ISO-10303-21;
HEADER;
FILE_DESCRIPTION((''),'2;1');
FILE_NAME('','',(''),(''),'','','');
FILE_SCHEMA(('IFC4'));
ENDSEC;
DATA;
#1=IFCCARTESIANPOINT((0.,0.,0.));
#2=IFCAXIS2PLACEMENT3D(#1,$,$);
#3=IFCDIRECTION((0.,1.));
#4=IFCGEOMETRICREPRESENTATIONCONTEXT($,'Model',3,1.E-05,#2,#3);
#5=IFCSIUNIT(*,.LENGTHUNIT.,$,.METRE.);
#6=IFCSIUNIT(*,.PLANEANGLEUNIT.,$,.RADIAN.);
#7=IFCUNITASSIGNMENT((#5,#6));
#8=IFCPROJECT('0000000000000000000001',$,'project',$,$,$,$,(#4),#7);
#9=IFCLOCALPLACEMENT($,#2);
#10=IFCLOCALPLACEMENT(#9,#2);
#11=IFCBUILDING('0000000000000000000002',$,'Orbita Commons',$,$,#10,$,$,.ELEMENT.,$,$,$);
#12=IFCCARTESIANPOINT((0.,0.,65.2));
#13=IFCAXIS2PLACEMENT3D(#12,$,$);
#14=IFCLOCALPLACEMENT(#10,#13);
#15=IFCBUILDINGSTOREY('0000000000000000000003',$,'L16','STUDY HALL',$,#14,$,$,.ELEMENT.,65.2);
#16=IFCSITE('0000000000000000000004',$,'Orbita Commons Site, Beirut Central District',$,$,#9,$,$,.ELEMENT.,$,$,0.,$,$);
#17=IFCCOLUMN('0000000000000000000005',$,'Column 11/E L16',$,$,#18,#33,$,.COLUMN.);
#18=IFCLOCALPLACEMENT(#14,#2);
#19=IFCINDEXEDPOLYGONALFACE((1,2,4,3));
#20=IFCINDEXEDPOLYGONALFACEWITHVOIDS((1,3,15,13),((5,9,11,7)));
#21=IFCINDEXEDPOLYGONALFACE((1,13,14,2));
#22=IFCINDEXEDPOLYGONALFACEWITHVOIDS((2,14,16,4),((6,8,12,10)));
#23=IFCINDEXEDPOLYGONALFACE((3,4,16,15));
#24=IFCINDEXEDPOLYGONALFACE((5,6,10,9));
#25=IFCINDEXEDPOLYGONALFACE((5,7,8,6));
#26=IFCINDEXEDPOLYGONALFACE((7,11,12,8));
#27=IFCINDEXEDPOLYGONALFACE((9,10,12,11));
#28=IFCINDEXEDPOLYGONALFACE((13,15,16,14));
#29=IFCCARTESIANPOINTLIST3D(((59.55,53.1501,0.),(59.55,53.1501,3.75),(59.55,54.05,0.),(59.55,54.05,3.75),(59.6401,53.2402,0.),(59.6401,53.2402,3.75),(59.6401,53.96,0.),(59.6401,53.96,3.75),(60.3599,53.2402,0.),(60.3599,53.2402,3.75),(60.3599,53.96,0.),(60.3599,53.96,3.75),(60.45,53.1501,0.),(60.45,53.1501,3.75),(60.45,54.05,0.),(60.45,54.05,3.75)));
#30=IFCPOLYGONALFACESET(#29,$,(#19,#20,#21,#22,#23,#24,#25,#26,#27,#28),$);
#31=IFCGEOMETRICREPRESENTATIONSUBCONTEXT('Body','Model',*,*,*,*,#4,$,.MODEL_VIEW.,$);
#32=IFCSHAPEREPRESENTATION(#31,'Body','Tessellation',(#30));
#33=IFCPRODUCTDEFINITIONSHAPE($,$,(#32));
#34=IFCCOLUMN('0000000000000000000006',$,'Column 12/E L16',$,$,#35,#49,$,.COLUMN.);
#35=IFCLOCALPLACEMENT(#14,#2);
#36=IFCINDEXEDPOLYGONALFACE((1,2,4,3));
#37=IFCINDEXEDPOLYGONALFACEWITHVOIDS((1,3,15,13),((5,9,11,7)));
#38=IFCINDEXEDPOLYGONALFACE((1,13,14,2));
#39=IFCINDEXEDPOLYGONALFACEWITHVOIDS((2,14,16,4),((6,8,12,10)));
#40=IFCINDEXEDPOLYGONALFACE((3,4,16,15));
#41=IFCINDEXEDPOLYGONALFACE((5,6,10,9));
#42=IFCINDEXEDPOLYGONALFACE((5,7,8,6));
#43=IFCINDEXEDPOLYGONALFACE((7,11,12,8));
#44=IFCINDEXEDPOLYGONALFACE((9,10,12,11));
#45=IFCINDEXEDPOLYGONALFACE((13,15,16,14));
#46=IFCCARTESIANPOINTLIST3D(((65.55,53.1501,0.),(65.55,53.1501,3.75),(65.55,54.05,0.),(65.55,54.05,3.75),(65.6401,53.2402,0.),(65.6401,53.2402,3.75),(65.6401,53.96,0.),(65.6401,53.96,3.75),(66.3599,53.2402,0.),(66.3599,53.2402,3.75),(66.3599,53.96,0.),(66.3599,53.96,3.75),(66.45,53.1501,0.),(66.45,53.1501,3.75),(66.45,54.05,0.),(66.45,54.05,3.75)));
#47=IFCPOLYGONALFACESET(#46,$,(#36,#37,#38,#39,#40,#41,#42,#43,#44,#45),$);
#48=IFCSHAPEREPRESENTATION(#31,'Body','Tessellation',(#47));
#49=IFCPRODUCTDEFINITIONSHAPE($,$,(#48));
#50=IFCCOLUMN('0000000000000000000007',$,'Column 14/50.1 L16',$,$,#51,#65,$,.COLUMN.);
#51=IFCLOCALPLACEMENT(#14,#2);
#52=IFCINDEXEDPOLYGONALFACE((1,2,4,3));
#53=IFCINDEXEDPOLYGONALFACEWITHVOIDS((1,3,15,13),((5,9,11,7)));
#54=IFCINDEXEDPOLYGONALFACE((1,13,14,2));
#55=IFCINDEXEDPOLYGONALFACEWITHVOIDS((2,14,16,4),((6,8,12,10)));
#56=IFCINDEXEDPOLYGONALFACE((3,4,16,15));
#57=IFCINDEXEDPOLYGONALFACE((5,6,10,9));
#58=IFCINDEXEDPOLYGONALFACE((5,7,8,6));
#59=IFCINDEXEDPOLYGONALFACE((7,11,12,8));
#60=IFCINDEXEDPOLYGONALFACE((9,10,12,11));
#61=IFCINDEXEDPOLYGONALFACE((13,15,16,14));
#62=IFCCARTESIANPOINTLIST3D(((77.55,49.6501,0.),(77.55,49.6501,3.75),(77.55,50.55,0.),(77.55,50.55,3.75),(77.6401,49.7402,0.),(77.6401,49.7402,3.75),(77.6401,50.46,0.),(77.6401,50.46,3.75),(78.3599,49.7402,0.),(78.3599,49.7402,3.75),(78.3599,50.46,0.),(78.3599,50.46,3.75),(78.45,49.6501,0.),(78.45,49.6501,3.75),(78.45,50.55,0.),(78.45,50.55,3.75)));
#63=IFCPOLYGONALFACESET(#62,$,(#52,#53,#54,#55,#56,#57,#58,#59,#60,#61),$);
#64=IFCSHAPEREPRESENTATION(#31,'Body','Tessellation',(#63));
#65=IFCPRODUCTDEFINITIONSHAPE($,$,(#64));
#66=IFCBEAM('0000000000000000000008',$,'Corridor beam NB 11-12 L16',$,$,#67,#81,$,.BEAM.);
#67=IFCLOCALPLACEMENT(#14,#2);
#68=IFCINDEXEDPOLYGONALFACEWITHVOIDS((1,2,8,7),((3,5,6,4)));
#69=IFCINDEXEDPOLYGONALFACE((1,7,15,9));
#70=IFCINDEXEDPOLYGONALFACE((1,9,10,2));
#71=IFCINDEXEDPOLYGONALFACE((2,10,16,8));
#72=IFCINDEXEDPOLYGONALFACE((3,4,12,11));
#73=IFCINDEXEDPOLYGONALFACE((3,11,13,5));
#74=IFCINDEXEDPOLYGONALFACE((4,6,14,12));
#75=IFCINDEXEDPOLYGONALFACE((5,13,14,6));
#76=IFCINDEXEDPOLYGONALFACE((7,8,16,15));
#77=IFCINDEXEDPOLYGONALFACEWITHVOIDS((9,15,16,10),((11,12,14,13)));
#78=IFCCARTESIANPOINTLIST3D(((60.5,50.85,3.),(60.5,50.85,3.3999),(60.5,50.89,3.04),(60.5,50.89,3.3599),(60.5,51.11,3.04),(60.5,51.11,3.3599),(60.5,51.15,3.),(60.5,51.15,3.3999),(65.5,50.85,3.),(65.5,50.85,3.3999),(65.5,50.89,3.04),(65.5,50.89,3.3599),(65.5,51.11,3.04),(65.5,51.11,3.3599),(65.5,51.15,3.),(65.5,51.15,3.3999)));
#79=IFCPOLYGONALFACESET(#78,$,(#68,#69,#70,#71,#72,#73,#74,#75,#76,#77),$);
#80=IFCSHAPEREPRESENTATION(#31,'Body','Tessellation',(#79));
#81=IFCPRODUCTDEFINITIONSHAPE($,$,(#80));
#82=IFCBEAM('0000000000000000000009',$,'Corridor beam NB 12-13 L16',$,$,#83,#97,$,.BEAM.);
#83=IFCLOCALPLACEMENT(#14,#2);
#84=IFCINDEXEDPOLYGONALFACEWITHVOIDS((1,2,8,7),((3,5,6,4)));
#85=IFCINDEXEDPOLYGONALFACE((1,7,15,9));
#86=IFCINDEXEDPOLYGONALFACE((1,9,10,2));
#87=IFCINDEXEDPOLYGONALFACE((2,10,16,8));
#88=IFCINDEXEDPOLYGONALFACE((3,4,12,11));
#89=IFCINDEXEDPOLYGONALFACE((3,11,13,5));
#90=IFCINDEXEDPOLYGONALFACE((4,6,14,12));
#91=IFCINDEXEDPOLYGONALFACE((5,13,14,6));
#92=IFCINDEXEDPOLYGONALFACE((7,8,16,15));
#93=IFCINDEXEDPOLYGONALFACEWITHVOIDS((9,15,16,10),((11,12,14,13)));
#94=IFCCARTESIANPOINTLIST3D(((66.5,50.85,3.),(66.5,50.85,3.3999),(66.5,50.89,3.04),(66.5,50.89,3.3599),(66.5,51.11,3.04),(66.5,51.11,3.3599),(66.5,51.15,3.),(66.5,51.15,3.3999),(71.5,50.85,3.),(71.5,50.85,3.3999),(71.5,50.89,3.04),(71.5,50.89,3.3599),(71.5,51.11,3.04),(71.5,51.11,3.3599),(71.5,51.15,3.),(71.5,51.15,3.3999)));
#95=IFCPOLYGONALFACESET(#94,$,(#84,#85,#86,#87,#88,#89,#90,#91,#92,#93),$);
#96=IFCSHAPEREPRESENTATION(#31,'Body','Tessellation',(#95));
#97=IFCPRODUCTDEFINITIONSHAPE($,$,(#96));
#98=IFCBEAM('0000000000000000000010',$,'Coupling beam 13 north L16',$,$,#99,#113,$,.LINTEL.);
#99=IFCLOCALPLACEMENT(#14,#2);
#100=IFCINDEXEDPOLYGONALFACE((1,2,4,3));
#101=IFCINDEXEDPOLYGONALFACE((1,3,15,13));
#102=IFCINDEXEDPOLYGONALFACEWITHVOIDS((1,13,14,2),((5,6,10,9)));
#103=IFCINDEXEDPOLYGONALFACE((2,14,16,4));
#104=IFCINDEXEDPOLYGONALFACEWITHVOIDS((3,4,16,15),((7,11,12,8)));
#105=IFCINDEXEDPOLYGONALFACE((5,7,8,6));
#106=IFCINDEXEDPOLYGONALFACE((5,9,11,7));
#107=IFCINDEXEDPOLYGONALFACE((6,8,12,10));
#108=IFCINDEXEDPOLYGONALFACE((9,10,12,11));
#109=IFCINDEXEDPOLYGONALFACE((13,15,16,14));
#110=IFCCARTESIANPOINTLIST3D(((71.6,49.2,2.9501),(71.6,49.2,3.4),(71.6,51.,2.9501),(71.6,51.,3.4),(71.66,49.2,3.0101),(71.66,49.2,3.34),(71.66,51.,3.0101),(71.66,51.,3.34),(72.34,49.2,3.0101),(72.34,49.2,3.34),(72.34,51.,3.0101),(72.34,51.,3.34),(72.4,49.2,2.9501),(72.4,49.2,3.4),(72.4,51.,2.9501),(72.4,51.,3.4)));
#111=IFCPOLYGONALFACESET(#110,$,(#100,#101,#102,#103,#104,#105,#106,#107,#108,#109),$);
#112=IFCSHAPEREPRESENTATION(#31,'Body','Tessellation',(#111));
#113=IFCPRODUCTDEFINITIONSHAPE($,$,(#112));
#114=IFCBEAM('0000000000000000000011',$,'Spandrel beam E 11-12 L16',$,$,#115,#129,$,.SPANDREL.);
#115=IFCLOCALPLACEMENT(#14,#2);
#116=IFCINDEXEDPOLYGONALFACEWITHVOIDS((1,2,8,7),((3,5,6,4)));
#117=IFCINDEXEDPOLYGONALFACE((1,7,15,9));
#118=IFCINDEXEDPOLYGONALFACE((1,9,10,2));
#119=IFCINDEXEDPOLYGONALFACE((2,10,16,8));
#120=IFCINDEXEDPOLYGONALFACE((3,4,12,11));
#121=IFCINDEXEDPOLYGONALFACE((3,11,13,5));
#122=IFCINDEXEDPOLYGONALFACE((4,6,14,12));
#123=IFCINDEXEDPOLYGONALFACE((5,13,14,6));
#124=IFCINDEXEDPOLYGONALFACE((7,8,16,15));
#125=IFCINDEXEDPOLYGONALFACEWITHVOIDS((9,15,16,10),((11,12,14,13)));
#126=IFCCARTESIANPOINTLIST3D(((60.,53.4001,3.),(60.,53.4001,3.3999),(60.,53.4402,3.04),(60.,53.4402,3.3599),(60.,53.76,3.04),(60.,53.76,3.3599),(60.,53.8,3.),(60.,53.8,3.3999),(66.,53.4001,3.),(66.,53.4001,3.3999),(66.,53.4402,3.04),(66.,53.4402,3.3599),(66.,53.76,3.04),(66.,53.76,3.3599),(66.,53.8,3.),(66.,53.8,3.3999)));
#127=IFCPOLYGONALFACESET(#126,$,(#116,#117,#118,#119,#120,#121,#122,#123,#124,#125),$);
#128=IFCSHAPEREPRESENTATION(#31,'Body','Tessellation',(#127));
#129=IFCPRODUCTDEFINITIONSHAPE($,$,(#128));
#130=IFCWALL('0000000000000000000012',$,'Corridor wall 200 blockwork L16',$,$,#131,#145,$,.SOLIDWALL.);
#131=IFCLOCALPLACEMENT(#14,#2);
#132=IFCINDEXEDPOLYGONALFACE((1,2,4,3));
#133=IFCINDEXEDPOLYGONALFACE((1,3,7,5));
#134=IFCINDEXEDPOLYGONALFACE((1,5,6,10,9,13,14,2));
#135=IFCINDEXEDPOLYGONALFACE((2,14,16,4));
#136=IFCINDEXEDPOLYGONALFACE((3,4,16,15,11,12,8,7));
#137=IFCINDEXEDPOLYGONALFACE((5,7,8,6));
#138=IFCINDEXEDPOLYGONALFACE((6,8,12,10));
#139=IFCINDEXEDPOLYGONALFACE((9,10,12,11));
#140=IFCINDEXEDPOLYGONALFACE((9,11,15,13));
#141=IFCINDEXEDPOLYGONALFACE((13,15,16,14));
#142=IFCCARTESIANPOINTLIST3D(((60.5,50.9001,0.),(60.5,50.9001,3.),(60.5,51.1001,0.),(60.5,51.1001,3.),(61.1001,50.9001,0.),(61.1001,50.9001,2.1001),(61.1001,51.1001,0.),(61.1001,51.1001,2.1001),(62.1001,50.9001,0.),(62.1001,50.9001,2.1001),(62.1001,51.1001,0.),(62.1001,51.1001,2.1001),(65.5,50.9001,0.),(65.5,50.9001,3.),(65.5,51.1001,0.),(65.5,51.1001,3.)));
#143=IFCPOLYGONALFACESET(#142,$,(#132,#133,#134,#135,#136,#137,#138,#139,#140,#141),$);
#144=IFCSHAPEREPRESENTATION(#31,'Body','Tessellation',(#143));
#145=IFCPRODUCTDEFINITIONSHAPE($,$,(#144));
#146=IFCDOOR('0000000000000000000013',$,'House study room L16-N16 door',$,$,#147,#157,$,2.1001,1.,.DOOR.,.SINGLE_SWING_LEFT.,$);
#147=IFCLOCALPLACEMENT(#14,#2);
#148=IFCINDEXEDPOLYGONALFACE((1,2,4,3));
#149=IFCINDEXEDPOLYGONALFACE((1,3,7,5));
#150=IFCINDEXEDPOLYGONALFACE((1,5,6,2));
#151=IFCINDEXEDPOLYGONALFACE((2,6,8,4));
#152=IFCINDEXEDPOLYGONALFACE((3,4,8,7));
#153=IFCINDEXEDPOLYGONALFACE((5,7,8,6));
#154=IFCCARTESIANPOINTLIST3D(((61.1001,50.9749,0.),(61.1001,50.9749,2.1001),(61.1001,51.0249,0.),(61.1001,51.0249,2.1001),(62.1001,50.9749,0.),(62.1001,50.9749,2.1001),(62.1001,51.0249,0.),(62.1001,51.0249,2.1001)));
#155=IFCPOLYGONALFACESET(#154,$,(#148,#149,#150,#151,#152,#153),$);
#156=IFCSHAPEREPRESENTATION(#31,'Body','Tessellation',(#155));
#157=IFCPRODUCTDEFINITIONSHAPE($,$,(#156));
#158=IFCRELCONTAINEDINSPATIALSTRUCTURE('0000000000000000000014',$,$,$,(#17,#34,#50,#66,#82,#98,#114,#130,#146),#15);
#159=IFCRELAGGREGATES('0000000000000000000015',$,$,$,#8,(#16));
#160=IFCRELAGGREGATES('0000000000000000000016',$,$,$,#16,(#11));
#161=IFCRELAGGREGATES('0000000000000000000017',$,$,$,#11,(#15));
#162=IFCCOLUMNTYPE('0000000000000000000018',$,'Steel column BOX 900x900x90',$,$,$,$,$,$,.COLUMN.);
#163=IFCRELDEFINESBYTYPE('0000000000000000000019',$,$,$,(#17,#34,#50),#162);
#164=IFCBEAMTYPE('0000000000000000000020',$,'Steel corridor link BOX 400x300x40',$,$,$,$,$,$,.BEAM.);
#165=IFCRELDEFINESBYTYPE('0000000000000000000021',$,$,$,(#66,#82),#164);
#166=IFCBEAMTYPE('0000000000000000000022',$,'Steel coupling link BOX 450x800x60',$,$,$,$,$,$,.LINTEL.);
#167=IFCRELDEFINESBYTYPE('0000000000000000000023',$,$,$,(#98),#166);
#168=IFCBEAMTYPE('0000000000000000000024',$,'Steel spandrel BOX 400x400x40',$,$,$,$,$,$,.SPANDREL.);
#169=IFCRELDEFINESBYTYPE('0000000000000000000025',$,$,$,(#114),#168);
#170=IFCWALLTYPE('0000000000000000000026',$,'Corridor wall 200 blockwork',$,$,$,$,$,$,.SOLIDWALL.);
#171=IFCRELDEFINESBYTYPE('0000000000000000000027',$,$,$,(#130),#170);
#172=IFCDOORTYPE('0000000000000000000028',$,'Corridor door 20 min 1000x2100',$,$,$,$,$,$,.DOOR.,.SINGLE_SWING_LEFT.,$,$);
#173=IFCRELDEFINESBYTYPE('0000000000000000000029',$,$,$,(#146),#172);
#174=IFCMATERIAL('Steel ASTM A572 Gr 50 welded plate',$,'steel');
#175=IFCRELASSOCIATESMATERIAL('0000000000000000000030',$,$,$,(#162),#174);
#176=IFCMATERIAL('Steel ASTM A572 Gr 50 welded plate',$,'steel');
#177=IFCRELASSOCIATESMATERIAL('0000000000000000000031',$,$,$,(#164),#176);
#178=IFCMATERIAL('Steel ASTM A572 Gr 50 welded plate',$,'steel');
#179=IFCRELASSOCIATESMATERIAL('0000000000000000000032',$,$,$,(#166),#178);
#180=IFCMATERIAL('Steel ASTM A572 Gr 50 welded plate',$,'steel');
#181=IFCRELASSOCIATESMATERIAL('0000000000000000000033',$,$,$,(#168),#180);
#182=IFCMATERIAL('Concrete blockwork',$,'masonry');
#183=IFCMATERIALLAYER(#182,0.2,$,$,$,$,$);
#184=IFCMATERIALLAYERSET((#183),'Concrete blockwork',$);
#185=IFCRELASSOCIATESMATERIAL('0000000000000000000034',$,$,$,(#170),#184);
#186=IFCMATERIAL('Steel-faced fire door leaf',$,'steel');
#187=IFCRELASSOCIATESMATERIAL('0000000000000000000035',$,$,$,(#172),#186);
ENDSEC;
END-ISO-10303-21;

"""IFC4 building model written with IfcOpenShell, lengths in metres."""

from ifc_helpers import new_model, si_unit, direction, frame, frame_2d, origin, origin_2d, place, context, subcontext, project, spatial, polyline, rectangle, hollow_rectangle, outline, extrude, material, layer, layer_set, material_profile, profile_set, type_object, element, fill, save


model = new_model("IFC4")

# Units and contexts
model_context = context("Model", 3, precision=1e-05, world=origin(), true_north=direction((0.0, 1.0)))
body_context = subcontext(model_context, "Body", "Model", "MODEL_VIEW")
ifc_project = project(units=[si_unit("LENGTHUNIT", "METRE"), si_unit("PLANEANGLEUNIT", "RADIAN")], contexts=[model_context])

# Site, building, storey
site_placement = place(None, origin())
site = spatial("IfcSite", under=ifc_project, at=site_placement, Name="Orbita Commons Site, Beirut Central District", CompositionType="ELEMENT", RefElevation=0.0)
building_placement = place(site_placement, origin())
building = spatial("IfcBuilding", under=site, at=building_placement, Name="Orbita Commons", CompositionType="ELEMENT")
storey_placement = place(building_placement, frame((0.0, 0.0, 65.2)))
storey = spatial("IfcBuildingStorey", under=building, at=storey_placement, Name="L16", Description="STUDY HALL", CompositionType="ELEMENT", Elevation=65.2)

# Columns
ifc_material_1 = material(Name="Steel ASTM A572 Gr 50 welded plate", Category="steel")
ifc_material_profile_1 = material_profile(ifc_material_1, hollow_rectangle(XDim=0.8999, YDim=0.8999, WallThickness=0.0901, at=origin_2d()), Name="BOX 900x900x90")
ifc_profile_set_1 = profile_set([ifc_material_profile_1], Name="Steel ASTM A572 Gr 50 welded plate")
column_type = type_object("IfcColumnType", Name="Steel column BOX 900x900x90", PredefinedType="COLUMN", material=ifc_profile_set_1)
for number, where, z_axis, x_axis, name in (
    (1, (60.0, 53.6001, 0.0), (0.0, 0.0, 1.0), (1.0, 0.0, 0.0), "Column 11/E L16"),
    (2, (66.0, 53.6001, 0.0), (0.0, 0.0, 1.0), (1.0, 0.0, 0.0), "Column 12/E L16"),
    (3, (78.0, 50.1001, 0.0), (0.0, 0.0, 1.0), (1.0, 0.0, 0.0), "Column 14/50.1 L16"),
):
    element("IfcColumn", number, at=place(storey_placement, frame(where, z_axis=z_axis, x_axis=x_axis)), inside=storey, type_object=column_type, Name=name, PredefinedType="COLUMN", context=body_context, shape_type="SweptSolid", body=[
        extrude(hollow_rectangle(XDim=0.8999, YDim=0.8999, WallThickness=0.0901, at=origin_2d()), origin(), (0.0, 0.0, 1.0), 3.75),
    ])

# Beams
ifc_material_2 = material(Name="Steel ASTM A572 Gr 50 welded plate", Category="steel")
ifc_material_profile_2 = material_profile(ifc_material_2, hollow_rectangle(XDim=0.3, YDim=0.3999, WallThickness=0.04, at=origin_2d()), Name="BOX 400x300x40")
ifc_profile_set_2 = profile_set([ifc_material_profile_2], Name="Steel ASTM A572 Gr 50 welded plate")
beam_type_1 = type_object("IfcBeamType", Name="Steel corridor link BOX 400x300x40", PredefinedType="BEAM", material=ifc_profile_set_2)
for number, where, z_axis, x_axis, name in (
    (4, (60.5, 51.0, 3.2), (1.0, 0.0, 0.0), (0.0, 1.0, 0.0), "Corridor beam NB 11-12 L16"),
    (5, (66.5, 51.0, 3.2), (1.0, 0.0, 0.0), (0.0, 1.0, 0.0), "Corridor beam NB 12-13 L16"),
):
    element("IfcBeam", number, at=place(storey_placement, frame(where, z_axis=z_axis, x_axis=x_axis)), inside=storey, type_object=beam_type_1, Name=name, PredefinedType="BEAM", context=body_context, shape_type="SweptSolid", body=[
        extrude(hollow_rectangle(XDim=0.3, YDim=0.3999, WallThickness=0.04, at=origin_2d()), origin(), (0.0, 0.0, 1.0), 5.0),
    ])
ifc_material_3 = material(Name="Steel ASTM A572 Gr 50 welded plate", Category="steel")
ifc_material_profile_3 = material_profile(ifc_material_3, hollow_rectangle(XDim=0.8, YDim=0.45, WallThickness=0.0601, at=origin_2d()), Name="BOX 450x800x60")
ifc_profile_set_3 = profile_set([ifc_material_profile_3], Name="Steel ASTM A572 Gr 50 welded plate")
beam_type_2 = type_object("IfcBeamType", Name="Steel coupling link BOX 450x800x60", PredefinedType="LINTEL", material=ifc_profile_set_3)
beam_1_placement = place(storey_placement, frame((72.0, 49.2, 3.175), z_axis=(0.0, 1.0, 0.0), x_axis=(-1.0, 0.0, 0.0)))
element("IfcBeam", 6, at=beam_1_placement, inside=storey, type_object=beam_type_2, Name="Coupling beam 13 north L16", PredefinedType="LINTEL", context=body_context, shape_type="SweptSolid", body=[
    extrude(hollow_rectangle(XDim=0.8, YDim=0.45, WallThickness=0.0601, at=origin_2d()), origin(), (0.0, 0.0, 1.0), 1.8),
])
ifc_material_4 = material(Name="Steel ASTM A572 Gr 50 welded plate", Category="steel")
ifc_material_profile_4 = material_profile(ifc_material_4, hollow_rectangle(XDim=0.3999, YDim=0.3999, WallThickness=0.04, at=origin_2d()), Name="BOX 400x400x40")
ifc_profile_set_4 = profile_set([ifc_material_profile_4], Name="Steel ASTM A572 Gr 50 welded plate")
beam_type_3 = type_object("IfcBeamType", Name="Steel spandrel BOX 400x400x40", PredefinedType="SPANDREL", material=ifc_profile_set_4)
beam_2_placement = place(storey_placement, frame((60.0, 53.6001, 3.2), z_axis=(1.0, 0.0, 0.0), x_axis=(0.0, 1.0, 0.0)))
element("IfcBeam", 7, at=beam_2_placement, inside=storey, type_object=beam_type_3, Name="Spandrel beam E 11-12 L16", PredefinedType="SPANDREL", context=body_context, shape_type="SweptSolid", body=[
    extrude(hollow_rectangle(XDim=0.3999, YDim=0.3999, WallThickness=0.04, at=origin_2d()), origin(), (0.0, 0.0, 1.0), 6.0),
])

# Wall, opening, door
ifc_material_5 = material(Name="Concrete blockwork", Category="masonry")
ifc_layer_1 = layer(ifc_material_5, 0.2)
ifc_layer_set_1 = layer_set([ifc_layer_1], Name="Concrete blockwork")
wall_type_1 = type_object("IfcWallType", Name="Corridor wall 200 blockwork", PredefinedType="SOLIDWALL", material=ifc_layer_set_1)
wall_1_placement = place(storey_placement, frame((60.5, 51.0, 0.0), z_axis=(0.0, 0.0, 1.0), x_axis=(1.0, 0.0, 0.0)))
wall_1 = element("IfcWall", 8, at=wall_1_placement, inside=storey, type_object=wall_type_1, Name="Corridor wall 200 blockwork L16", PredefinedType="SOLIDWALL", context=body_context, shape_type="SweptSolid", body=[
    extrude(outline(polyline([(0.0, 0.0), (5.0, 0.0), (5.0, 3.0), (0.0, 3.0), (0.0, 0.0)])), frame((0.0, 0.1001, 0.0), z_axis=(0.0, -1.0, 0.0), x_axis=(1.0, 0.0, 0.0)), (0.0, 0.0, 1.0), 0.2),
])
opening_1_placement = place(wall_1_placement, frame((0.6001, 0.0, 0.0)))
opening_1 = element("IfcOpeningElement", 9, at=opening_1_placement, cuts=wall_1, PredefinedType="OPENING", context=body_context, shape_type="SweptSolid", body=[
    extrude(rectangle(XDim=1.0, YDim=2.1001, at=frame_2d((0.5, 1.05))), frame((0.0, 0.1099, 0.0), z_axis=(0.0, -1.0, 0.0), x_axis=(1.0, 0.0, 0.0)), (0.0, 0.0, 1.0), 0.22),
])
ifc_material_6 = material(Name="Steel-faced fire door leaf", Category="steel")
door_type_1 = type_object("IfcDoorType", Name="Corridor door 20 min 1000x2100", OperationType="SINGLE_SWING_LEFT", PredefinedType="DOOR", material=ifc_material_6)
door_1_placement = place(opening_1_placement, origin())
door_1 = element("IfcDoor", 10, at=door_1_placement, inside=storey, type_object=door_type_1, Name="House study room L16-N16 door", OperationType="SINGLE_SWING_LEFT", OverallHeight=2.1001, OverallWidth=1.0, PredefinedType="DOOR", context=body_context, shape_type="SweptSolid", body=[
    extrude(rectangle(XDim=1.0, YDim=2.1001, at=frame_2d((0.5, 1.05))), frame((0.0, 0.0249, 0.0), z_axis=(0.0, -1.0, 0.0), x_axis=(1.0, 0.0, 0.0)), (0.0, 0.0, 1.0), 0.05),
])
fill(opening_1, door_1)

save(model, "model.ifc")
